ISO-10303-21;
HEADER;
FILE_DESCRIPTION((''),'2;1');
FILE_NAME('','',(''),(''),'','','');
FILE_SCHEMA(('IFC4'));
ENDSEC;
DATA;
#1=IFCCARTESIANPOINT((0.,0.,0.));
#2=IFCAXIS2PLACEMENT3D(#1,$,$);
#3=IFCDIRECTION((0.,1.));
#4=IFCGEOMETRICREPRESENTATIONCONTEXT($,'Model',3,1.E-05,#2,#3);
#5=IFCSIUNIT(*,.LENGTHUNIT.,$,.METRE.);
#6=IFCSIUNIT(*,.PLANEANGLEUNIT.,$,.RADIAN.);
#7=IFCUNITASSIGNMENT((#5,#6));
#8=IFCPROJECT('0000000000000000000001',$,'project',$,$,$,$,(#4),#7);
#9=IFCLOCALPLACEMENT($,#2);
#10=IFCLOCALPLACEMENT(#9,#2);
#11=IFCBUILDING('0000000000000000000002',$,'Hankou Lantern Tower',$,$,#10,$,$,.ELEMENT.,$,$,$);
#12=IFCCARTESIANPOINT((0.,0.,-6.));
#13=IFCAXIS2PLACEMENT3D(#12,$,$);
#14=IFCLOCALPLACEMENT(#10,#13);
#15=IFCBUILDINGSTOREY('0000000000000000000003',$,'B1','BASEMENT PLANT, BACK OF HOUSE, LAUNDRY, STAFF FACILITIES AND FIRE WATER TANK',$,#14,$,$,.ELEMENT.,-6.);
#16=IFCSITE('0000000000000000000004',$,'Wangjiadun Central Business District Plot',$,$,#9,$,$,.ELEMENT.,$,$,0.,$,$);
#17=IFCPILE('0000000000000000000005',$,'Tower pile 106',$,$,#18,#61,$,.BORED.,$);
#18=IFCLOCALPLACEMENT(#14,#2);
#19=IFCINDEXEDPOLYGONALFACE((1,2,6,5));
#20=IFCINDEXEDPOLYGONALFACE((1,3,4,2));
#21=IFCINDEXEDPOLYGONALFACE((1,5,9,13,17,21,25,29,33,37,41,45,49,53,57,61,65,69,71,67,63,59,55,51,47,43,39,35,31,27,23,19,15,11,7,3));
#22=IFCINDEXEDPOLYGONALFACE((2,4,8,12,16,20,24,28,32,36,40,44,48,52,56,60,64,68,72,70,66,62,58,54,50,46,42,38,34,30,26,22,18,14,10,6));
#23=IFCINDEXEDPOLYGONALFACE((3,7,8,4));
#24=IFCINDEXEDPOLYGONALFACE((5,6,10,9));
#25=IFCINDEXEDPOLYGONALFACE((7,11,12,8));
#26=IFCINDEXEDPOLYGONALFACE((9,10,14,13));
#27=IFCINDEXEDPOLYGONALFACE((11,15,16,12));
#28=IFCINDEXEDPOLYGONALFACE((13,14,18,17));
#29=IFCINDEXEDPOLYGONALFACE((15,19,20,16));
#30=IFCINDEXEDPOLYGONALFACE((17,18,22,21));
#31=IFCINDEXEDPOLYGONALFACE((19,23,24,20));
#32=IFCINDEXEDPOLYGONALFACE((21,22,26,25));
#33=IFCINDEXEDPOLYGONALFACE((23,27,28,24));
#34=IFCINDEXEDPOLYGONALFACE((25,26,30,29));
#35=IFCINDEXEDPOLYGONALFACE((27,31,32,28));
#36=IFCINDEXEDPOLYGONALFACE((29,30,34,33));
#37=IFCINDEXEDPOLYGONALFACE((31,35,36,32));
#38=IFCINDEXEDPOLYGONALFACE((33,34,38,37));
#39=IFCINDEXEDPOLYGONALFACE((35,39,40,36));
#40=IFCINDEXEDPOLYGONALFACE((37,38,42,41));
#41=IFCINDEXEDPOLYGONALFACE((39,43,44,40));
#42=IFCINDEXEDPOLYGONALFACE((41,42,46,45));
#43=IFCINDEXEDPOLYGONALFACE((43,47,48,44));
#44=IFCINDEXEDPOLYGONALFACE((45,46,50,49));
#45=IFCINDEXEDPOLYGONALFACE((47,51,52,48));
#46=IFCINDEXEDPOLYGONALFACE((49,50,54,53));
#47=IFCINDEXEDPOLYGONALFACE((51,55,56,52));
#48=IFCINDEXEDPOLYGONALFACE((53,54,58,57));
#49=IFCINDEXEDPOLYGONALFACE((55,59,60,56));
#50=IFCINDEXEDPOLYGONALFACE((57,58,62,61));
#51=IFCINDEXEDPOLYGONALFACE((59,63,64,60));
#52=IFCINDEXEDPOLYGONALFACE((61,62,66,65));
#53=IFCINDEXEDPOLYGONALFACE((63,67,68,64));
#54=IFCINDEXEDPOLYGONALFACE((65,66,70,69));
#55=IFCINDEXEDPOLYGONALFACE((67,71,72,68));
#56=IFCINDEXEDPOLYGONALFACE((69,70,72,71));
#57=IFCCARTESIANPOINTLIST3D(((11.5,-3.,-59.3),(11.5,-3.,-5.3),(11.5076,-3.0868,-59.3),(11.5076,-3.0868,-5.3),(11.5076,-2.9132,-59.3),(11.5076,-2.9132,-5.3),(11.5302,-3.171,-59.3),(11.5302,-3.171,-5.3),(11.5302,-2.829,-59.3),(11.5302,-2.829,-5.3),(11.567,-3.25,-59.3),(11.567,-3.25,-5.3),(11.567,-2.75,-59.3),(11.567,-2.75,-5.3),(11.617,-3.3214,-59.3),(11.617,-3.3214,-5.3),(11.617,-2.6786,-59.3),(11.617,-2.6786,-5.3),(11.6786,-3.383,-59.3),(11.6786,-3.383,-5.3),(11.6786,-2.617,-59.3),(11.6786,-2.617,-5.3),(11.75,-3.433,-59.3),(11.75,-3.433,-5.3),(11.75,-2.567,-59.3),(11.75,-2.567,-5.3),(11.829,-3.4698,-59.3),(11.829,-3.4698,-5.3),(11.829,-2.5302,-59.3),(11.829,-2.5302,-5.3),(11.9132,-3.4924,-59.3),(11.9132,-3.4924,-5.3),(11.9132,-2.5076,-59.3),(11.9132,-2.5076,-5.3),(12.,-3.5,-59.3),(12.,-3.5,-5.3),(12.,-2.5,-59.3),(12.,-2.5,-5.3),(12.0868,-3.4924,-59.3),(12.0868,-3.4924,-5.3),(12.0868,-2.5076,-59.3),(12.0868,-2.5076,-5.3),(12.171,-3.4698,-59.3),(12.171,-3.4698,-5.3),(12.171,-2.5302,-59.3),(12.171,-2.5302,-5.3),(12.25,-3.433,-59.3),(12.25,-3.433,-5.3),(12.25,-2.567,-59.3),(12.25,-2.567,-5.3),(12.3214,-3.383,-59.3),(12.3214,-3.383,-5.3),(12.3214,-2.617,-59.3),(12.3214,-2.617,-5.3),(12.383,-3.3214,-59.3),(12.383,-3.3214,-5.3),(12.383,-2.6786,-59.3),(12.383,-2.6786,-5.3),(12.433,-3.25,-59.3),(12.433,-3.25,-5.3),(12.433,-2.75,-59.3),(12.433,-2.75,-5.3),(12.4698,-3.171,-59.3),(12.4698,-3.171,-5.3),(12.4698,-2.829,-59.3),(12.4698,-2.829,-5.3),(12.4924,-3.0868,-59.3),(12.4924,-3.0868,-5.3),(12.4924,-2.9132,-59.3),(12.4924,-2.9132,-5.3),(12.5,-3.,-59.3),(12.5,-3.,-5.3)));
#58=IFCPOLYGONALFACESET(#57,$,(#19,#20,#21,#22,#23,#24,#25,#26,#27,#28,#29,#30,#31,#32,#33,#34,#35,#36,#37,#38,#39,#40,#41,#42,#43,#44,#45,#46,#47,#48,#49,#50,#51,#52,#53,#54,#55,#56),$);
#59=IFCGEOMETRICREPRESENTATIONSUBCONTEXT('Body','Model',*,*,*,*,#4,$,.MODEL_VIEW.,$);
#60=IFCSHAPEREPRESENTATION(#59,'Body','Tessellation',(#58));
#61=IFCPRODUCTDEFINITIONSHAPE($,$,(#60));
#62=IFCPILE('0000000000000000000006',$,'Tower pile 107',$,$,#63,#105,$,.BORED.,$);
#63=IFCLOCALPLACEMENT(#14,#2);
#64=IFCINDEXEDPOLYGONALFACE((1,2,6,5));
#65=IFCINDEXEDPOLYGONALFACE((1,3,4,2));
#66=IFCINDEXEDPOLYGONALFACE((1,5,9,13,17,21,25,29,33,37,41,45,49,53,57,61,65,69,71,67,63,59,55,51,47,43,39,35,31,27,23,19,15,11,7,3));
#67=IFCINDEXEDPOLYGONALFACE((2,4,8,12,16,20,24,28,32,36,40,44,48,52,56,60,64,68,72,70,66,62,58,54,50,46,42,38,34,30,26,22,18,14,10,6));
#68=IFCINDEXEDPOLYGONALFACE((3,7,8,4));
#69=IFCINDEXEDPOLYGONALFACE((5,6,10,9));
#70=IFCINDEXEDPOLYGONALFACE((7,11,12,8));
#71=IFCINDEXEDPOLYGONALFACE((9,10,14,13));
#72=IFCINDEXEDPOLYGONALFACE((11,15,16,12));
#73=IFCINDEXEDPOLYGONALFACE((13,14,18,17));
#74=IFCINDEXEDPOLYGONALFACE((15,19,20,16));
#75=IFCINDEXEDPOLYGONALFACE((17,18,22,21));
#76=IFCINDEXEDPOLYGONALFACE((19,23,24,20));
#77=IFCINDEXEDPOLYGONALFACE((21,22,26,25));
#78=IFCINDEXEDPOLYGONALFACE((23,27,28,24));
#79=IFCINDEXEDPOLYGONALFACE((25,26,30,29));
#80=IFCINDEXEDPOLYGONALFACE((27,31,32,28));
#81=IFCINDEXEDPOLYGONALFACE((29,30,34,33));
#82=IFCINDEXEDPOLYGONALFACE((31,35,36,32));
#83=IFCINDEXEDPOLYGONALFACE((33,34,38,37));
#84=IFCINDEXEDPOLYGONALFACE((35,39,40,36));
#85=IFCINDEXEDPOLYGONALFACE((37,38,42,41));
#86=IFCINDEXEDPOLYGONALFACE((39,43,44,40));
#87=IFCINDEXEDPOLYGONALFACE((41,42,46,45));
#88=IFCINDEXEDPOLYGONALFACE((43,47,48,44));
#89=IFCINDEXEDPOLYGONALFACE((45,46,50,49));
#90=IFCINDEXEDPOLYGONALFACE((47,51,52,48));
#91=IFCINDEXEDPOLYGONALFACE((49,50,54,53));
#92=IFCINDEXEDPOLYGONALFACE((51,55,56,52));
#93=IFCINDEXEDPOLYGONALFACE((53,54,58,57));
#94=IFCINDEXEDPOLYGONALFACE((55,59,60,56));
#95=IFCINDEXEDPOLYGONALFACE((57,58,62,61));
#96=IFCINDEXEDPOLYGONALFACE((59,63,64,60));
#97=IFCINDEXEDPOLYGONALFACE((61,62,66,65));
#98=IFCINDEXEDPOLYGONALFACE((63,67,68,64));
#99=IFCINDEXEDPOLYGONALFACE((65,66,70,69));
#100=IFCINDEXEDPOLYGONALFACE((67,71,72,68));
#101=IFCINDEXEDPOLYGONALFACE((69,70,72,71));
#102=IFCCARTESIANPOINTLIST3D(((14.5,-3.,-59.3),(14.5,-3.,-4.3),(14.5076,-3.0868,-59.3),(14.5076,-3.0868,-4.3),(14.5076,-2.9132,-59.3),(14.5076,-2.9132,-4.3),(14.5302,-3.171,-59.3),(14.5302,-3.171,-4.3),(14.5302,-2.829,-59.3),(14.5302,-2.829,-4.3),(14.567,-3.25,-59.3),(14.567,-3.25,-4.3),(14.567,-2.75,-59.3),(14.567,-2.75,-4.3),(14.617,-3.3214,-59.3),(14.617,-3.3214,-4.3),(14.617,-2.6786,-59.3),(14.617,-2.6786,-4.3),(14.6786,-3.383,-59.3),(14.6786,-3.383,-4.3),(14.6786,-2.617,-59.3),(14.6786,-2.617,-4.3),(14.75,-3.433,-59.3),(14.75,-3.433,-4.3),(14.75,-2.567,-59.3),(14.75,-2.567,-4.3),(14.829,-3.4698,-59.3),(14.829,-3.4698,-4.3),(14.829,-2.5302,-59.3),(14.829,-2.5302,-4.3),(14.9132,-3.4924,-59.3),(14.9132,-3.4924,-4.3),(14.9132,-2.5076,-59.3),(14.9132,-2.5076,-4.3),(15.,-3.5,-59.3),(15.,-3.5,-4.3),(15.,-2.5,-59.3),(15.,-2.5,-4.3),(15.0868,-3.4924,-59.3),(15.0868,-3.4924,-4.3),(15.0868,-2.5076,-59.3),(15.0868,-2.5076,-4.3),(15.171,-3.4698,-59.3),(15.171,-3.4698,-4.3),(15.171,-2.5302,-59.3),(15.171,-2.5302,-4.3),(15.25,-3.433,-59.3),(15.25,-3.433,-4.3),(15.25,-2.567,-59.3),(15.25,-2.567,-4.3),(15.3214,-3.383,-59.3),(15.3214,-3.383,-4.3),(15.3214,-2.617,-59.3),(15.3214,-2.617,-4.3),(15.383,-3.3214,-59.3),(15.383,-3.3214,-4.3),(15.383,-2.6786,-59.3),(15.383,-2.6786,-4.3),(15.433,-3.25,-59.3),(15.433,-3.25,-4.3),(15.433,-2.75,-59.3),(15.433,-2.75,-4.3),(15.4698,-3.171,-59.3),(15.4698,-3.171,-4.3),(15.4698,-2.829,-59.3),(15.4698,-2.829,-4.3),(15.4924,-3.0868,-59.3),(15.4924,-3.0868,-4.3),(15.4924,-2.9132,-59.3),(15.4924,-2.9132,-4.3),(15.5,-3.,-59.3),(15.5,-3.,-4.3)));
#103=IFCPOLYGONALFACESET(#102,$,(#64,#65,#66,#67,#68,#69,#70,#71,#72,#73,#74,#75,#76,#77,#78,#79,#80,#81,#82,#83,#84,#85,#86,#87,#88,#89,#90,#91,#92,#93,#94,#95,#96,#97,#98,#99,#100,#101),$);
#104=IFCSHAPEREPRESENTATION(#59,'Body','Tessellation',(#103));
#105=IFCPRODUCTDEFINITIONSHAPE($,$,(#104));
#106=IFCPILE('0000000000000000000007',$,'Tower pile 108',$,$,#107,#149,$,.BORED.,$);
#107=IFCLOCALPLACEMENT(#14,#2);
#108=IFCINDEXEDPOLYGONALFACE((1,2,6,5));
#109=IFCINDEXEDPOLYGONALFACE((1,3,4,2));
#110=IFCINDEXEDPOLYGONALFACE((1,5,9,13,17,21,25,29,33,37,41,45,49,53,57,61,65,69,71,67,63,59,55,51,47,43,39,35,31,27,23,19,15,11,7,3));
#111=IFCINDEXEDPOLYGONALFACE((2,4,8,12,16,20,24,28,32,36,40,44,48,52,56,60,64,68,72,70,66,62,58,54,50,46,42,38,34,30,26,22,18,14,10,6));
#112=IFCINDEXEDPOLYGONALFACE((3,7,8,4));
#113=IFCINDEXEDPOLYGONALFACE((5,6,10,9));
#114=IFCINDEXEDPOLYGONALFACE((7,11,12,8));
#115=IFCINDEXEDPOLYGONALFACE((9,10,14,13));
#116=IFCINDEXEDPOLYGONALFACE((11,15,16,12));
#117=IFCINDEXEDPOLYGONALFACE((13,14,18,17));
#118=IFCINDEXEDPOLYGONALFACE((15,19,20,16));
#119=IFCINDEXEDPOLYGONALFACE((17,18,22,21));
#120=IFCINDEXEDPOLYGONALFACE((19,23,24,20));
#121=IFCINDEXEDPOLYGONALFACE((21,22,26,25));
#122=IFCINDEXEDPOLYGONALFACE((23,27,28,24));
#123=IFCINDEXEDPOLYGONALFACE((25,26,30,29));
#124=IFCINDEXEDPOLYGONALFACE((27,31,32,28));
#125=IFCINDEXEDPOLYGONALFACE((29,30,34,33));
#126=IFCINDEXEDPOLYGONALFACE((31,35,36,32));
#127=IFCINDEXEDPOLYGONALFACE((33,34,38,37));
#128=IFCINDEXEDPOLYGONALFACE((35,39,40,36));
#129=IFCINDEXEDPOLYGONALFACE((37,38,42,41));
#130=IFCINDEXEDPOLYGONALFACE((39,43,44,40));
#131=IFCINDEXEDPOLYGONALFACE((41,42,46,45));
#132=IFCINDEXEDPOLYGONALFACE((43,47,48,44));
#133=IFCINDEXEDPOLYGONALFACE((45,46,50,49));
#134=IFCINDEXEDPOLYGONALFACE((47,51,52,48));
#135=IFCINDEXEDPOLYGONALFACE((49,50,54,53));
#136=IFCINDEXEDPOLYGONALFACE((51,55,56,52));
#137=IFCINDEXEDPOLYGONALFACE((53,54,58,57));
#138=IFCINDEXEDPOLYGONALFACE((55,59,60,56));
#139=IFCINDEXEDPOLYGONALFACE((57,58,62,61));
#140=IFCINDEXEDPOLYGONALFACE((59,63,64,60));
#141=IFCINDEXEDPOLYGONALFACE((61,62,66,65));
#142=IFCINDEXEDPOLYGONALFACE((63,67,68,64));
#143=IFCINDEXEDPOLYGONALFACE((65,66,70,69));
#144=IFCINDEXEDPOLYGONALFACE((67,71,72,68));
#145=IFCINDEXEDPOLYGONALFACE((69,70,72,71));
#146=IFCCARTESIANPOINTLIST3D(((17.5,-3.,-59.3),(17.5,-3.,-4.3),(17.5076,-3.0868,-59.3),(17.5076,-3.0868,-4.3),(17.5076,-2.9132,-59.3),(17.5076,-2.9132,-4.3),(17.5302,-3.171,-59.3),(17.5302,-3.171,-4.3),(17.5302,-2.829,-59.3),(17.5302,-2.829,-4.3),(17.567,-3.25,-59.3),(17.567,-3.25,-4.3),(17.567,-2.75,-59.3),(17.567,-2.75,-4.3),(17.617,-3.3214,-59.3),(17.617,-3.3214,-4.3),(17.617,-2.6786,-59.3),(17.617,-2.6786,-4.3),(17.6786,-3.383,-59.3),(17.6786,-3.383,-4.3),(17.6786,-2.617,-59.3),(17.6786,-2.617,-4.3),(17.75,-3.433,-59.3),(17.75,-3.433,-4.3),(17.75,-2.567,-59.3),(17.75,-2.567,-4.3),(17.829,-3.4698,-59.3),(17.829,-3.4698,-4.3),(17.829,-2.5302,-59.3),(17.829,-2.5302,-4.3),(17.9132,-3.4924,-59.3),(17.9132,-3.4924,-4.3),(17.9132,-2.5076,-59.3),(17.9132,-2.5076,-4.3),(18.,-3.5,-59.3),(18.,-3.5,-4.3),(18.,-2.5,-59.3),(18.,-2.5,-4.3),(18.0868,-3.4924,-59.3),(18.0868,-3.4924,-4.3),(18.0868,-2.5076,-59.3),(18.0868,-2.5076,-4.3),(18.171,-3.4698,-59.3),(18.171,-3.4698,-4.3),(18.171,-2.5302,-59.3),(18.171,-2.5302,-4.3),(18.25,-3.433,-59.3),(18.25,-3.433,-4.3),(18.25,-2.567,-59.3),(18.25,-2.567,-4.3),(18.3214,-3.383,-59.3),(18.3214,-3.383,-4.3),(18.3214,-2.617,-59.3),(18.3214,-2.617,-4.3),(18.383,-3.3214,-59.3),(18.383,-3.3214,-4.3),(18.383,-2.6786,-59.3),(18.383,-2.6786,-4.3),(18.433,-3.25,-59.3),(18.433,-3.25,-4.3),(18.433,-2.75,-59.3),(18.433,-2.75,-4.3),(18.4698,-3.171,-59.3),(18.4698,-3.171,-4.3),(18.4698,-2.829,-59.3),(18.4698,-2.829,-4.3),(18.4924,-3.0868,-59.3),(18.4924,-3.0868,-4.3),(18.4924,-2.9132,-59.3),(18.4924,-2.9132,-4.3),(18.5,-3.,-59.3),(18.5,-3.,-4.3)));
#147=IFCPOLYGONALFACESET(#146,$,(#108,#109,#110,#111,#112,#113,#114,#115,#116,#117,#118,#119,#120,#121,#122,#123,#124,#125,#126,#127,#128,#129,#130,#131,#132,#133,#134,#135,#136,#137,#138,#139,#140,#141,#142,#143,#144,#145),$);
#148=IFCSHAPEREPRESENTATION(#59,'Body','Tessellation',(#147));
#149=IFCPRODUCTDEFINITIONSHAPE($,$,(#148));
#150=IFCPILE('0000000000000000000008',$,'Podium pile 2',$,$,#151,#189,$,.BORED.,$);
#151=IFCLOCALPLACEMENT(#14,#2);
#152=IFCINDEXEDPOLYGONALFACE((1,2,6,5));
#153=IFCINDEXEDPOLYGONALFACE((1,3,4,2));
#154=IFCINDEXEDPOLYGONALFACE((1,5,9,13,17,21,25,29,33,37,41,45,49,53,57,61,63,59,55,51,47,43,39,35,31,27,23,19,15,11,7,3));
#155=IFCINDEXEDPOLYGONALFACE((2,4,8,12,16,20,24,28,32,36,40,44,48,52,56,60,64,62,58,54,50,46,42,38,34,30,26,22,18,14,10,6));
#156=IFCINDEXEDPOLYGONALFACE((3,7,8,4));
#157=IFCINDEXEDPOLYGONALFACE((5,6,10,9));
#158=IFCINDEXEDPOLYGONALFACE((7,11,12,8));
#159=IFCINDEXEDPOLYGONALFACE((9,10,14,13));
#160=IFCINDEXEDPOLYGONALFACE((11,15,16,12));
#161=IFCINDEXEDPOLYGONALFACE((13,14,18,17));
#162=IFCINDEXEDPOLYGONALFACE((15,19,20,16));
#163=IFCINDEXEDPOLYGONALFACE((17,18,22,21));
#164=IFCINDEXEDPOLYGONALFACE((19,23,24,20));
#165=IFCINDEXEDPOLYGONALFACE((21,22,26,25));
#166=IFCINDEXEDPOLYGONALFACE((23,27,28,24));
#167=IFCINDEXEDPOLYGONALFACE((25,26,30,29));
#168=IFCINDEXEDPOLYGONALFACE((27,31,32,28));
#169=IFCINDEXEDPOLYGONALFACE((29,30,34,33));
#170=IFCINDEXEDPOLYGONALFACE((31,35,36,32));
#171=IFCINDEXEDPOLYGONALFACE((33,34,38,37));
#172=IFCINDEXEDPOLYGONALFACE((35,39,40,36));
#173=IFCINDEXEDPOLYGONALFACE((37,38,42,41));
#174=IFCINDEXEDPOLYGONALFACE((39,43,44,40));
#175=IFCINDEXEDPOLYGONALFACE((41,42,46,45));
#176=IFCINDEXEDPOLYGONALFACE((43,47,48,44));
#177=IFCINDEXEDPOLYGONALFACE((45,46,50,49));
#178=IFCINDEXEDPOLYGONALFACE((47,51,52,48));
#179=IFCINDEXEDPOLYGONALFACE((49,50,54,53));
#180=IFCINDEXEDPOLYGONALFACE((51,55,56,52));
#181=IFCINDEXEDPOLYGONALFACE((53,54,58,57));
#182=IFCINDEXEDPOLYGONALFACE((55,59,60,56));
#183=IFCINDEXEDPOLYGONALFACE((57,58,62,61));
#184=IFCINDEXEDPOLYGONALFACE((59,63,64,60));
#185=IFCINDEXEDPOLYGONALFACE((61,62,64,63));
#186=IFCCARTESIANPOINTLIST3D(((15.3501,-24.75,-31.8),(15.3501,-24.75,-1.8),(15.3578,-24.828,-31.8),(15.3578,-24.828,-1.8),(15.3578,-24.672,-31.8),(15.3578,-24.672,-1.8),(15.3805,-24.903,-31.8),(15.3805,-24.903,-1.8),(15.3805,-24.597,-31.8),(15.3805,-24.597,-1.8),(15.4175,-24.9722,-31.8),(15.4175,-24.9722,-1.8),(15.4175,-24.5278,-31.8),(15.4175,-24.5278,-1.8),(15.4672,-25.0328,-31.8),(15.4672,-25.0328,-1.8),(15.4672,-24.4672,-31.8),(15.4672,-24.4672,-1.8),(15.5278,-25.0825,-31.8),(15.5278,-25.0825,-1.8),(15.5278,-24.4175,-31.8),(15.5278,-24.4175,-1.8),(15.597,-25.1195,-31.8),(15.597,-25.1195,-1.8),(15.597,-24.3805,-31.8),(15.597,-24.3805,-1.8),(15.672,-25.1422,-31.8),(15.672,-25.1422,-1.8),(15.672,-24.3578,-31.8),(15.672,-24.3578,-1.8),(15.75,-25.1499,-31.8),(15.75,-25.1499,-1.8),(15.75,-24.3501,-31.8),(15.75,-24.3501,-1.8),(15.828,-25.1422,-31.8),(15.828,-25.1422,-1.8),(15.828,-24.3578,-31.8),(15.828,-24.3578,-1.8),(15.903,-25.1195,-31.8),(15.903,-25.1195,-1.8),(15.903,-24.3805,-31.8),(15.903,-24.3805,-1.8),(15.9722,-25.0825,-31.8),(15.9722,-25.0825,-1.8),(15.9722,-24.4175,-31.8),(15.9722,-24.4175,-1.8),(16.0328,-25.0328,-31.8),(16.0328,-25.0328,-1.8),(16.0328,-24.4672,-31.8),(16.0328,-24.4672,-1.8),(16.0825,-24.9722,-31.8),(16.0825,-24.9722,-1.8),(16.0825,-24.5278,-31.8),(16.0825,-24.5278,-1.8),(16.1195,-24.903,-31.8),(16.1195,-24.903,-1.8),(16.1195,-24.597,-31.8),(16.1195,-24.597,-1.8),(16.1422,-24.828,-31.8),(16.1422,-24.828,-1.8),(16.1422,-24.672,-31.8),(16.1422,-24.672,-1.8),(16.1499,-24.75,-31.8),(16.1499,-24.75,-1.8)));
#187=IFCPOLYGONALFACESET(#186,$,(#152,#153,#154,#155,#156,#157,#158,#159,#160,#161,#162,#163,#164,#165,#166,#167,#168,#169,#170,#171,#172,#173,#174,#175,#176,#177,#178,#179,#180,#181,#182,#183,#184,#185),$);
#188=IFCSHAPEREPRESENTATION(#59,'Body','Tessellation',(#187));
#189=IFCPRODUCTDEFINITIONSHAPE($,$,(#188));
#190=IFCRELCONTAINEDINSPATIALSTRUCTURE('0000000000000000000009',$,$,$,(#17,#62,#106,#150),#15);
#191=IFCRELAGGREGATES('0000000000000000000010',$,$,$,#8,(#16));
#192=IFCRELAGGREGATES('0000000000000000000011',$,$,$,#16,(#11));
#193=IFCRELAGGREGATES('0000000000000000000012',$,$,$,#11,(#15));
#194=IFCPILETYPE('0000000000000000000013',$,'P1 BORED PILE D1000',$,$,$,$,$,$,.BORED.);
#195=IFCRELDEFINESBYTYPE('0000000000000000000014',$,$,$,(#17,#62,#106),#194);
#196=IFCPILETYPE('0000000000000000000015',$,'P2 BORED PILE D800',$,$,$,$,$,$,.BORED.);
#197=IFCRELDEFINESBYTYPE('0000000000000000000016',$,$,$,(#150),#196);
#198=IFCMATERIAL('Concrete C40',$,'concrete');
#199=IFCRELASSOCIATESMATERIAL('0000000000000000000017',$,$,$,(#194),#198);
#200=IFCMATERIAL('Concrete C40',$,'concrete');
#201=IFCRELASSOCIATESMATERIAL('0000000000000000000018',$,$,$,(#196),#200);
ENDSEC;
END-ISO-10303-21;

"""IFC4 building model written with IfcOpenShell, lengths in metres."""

from ifc_helpers import new_model, si_unit, direction, frame, origin, origin_2d, place, context, subcontext, project, spatial, circle, extrude, material, material_profile, profile_set, type_object, element, save


model = new_model("IFC4")

# Units and contexts
model_context = context("Model", 3, precision=1e-05, world=origin(), true_north=direction((0.0, 1.0)))
body_context = subcontext(model_context, "Body", "Model", "MODEL_VIEW")
ifc_project = project(units=[si_unit("LENGTHUNIT", "METRE"), si_unit("PLANEANGLEUNIT", "RADIAN")], contexts=[model_context])

# Site, building, storey
site_placement = place(None, origin())
site = spatial("IfcSite", under=ifc_project, at=site_placement, Name="Wangjiadun Central Business District Plot", CompositionType="ELEMENT", RefElevation=0.0)
building_placement = place(site_placement, origin())
building = spatial("IfcBuilding", under=site, at=building_placement, Name="Hankou Lantern Tower", CompositionType="ELEMENT")
storey_placement = place(building_placement, frame((0.0, 0.0, -6.0)))
storey = spatial("IfcBuildingStorey", under=building, at=storey_placement, Name="B1", Description="BASEMENT PLANT, BACK OF HOUSE, LAUNDRY, STAFF FACILITIES AND FIRE WATER TANK", CompositionType="ELEMENT", Elevation=-6.0)

# Piles
ifc_material_1 = material(Name="Concrete C40", Category="concrete")
ifc_material_profile_1 = material_profile(ifc_material_1, circle(Radius=0.5, at=origin_2d()), Name="RC D1000")
ifc_profile_set_1 = profile_set([ifc_material_profile_1], Name="Concrete C40")
pile_type_1 = type_object("IfcPileType", Name="P1 BORED PILE D1000", PredefinedType="BORED", material=ifc_profile_set_1)
pile_1_placement = place(storey_placement, frame((12.0, -3.0, -5.3), z_axis=(0.0, 0.0, -1.0), x_axis=(1.0, 0.0, 0.0)))
element("IfcPile", 1, at=pile_1_placement, inside=storey, type_object=pile_type_1, Name="Tower pile 106", PredefinedType="BORED", context=body_context, shape_type="SweptSolid", body=[
    extrude(circle(Radius=0.5, at=origin_2d()), origin(), (0.0, 0.0, 1.0), 54.0),
])
for number, where, z_axis, x_axis, name in (
    (2, (15.0, -3.0, -4.3), (0.0, 0.0, -1.0), (1.0, 0.0, 0.0), "Tower pile 107"),
    (3, (18.0, -3.0, -4.3), (0.0, 0.0, -1.0), (1.0, 0.0, 0.0), "Tower pile 108"),
):
    element("IfcPile", number, at=place(storey_placement, frame(where, z_axis=z_axis, x_axis=x_axis)), inside=storey, type_object=pile_type_1, Name=name, PredefinedType="BORED", context=body_context, shape_type="SweptSolid", body=[
        extrude(circle(Radius=0.5, at=origin_2d()), origin(), (0.0, 0.0, 1.0), 55.0),
    ])
ifc_material_2 = material(Name="Concrete C40", Category="concrete")
ifc_material_profile_2 = material_profile(ifc_material_2, circle(Radius=0.3999, at=origin_2d()), Name="RC D800")
ifc_profile_set_2 = profile_set([ifc_material_profile_2], Name="Concrete C40")
pile_type_2 = type_object("IfcPileType", Name="P2 BORED PILE D800", PredefinedType="BORED", material=ifc_profile_set_2)
pile_2_placement = place(storey_placement, frame((15.75, -24.75, -1.8), z_axis=(0.0, 0.0, -1.0), x_axis=(1.0, 0.0, 0.0)))
element("IfcPile", 4, at=pile_2_placement, inside=storey, type_object=pile_type_2, Name="Podium pile 2", PredefinedType="BORED", context=body_context, shape_type="SweptSolid", body=[
    extrude(circle(Radius=0.3999, at=origin_2d()), origin(), (0.0, 0.0, 1.0), 30.0),
])

save(model, "model.ifc")
